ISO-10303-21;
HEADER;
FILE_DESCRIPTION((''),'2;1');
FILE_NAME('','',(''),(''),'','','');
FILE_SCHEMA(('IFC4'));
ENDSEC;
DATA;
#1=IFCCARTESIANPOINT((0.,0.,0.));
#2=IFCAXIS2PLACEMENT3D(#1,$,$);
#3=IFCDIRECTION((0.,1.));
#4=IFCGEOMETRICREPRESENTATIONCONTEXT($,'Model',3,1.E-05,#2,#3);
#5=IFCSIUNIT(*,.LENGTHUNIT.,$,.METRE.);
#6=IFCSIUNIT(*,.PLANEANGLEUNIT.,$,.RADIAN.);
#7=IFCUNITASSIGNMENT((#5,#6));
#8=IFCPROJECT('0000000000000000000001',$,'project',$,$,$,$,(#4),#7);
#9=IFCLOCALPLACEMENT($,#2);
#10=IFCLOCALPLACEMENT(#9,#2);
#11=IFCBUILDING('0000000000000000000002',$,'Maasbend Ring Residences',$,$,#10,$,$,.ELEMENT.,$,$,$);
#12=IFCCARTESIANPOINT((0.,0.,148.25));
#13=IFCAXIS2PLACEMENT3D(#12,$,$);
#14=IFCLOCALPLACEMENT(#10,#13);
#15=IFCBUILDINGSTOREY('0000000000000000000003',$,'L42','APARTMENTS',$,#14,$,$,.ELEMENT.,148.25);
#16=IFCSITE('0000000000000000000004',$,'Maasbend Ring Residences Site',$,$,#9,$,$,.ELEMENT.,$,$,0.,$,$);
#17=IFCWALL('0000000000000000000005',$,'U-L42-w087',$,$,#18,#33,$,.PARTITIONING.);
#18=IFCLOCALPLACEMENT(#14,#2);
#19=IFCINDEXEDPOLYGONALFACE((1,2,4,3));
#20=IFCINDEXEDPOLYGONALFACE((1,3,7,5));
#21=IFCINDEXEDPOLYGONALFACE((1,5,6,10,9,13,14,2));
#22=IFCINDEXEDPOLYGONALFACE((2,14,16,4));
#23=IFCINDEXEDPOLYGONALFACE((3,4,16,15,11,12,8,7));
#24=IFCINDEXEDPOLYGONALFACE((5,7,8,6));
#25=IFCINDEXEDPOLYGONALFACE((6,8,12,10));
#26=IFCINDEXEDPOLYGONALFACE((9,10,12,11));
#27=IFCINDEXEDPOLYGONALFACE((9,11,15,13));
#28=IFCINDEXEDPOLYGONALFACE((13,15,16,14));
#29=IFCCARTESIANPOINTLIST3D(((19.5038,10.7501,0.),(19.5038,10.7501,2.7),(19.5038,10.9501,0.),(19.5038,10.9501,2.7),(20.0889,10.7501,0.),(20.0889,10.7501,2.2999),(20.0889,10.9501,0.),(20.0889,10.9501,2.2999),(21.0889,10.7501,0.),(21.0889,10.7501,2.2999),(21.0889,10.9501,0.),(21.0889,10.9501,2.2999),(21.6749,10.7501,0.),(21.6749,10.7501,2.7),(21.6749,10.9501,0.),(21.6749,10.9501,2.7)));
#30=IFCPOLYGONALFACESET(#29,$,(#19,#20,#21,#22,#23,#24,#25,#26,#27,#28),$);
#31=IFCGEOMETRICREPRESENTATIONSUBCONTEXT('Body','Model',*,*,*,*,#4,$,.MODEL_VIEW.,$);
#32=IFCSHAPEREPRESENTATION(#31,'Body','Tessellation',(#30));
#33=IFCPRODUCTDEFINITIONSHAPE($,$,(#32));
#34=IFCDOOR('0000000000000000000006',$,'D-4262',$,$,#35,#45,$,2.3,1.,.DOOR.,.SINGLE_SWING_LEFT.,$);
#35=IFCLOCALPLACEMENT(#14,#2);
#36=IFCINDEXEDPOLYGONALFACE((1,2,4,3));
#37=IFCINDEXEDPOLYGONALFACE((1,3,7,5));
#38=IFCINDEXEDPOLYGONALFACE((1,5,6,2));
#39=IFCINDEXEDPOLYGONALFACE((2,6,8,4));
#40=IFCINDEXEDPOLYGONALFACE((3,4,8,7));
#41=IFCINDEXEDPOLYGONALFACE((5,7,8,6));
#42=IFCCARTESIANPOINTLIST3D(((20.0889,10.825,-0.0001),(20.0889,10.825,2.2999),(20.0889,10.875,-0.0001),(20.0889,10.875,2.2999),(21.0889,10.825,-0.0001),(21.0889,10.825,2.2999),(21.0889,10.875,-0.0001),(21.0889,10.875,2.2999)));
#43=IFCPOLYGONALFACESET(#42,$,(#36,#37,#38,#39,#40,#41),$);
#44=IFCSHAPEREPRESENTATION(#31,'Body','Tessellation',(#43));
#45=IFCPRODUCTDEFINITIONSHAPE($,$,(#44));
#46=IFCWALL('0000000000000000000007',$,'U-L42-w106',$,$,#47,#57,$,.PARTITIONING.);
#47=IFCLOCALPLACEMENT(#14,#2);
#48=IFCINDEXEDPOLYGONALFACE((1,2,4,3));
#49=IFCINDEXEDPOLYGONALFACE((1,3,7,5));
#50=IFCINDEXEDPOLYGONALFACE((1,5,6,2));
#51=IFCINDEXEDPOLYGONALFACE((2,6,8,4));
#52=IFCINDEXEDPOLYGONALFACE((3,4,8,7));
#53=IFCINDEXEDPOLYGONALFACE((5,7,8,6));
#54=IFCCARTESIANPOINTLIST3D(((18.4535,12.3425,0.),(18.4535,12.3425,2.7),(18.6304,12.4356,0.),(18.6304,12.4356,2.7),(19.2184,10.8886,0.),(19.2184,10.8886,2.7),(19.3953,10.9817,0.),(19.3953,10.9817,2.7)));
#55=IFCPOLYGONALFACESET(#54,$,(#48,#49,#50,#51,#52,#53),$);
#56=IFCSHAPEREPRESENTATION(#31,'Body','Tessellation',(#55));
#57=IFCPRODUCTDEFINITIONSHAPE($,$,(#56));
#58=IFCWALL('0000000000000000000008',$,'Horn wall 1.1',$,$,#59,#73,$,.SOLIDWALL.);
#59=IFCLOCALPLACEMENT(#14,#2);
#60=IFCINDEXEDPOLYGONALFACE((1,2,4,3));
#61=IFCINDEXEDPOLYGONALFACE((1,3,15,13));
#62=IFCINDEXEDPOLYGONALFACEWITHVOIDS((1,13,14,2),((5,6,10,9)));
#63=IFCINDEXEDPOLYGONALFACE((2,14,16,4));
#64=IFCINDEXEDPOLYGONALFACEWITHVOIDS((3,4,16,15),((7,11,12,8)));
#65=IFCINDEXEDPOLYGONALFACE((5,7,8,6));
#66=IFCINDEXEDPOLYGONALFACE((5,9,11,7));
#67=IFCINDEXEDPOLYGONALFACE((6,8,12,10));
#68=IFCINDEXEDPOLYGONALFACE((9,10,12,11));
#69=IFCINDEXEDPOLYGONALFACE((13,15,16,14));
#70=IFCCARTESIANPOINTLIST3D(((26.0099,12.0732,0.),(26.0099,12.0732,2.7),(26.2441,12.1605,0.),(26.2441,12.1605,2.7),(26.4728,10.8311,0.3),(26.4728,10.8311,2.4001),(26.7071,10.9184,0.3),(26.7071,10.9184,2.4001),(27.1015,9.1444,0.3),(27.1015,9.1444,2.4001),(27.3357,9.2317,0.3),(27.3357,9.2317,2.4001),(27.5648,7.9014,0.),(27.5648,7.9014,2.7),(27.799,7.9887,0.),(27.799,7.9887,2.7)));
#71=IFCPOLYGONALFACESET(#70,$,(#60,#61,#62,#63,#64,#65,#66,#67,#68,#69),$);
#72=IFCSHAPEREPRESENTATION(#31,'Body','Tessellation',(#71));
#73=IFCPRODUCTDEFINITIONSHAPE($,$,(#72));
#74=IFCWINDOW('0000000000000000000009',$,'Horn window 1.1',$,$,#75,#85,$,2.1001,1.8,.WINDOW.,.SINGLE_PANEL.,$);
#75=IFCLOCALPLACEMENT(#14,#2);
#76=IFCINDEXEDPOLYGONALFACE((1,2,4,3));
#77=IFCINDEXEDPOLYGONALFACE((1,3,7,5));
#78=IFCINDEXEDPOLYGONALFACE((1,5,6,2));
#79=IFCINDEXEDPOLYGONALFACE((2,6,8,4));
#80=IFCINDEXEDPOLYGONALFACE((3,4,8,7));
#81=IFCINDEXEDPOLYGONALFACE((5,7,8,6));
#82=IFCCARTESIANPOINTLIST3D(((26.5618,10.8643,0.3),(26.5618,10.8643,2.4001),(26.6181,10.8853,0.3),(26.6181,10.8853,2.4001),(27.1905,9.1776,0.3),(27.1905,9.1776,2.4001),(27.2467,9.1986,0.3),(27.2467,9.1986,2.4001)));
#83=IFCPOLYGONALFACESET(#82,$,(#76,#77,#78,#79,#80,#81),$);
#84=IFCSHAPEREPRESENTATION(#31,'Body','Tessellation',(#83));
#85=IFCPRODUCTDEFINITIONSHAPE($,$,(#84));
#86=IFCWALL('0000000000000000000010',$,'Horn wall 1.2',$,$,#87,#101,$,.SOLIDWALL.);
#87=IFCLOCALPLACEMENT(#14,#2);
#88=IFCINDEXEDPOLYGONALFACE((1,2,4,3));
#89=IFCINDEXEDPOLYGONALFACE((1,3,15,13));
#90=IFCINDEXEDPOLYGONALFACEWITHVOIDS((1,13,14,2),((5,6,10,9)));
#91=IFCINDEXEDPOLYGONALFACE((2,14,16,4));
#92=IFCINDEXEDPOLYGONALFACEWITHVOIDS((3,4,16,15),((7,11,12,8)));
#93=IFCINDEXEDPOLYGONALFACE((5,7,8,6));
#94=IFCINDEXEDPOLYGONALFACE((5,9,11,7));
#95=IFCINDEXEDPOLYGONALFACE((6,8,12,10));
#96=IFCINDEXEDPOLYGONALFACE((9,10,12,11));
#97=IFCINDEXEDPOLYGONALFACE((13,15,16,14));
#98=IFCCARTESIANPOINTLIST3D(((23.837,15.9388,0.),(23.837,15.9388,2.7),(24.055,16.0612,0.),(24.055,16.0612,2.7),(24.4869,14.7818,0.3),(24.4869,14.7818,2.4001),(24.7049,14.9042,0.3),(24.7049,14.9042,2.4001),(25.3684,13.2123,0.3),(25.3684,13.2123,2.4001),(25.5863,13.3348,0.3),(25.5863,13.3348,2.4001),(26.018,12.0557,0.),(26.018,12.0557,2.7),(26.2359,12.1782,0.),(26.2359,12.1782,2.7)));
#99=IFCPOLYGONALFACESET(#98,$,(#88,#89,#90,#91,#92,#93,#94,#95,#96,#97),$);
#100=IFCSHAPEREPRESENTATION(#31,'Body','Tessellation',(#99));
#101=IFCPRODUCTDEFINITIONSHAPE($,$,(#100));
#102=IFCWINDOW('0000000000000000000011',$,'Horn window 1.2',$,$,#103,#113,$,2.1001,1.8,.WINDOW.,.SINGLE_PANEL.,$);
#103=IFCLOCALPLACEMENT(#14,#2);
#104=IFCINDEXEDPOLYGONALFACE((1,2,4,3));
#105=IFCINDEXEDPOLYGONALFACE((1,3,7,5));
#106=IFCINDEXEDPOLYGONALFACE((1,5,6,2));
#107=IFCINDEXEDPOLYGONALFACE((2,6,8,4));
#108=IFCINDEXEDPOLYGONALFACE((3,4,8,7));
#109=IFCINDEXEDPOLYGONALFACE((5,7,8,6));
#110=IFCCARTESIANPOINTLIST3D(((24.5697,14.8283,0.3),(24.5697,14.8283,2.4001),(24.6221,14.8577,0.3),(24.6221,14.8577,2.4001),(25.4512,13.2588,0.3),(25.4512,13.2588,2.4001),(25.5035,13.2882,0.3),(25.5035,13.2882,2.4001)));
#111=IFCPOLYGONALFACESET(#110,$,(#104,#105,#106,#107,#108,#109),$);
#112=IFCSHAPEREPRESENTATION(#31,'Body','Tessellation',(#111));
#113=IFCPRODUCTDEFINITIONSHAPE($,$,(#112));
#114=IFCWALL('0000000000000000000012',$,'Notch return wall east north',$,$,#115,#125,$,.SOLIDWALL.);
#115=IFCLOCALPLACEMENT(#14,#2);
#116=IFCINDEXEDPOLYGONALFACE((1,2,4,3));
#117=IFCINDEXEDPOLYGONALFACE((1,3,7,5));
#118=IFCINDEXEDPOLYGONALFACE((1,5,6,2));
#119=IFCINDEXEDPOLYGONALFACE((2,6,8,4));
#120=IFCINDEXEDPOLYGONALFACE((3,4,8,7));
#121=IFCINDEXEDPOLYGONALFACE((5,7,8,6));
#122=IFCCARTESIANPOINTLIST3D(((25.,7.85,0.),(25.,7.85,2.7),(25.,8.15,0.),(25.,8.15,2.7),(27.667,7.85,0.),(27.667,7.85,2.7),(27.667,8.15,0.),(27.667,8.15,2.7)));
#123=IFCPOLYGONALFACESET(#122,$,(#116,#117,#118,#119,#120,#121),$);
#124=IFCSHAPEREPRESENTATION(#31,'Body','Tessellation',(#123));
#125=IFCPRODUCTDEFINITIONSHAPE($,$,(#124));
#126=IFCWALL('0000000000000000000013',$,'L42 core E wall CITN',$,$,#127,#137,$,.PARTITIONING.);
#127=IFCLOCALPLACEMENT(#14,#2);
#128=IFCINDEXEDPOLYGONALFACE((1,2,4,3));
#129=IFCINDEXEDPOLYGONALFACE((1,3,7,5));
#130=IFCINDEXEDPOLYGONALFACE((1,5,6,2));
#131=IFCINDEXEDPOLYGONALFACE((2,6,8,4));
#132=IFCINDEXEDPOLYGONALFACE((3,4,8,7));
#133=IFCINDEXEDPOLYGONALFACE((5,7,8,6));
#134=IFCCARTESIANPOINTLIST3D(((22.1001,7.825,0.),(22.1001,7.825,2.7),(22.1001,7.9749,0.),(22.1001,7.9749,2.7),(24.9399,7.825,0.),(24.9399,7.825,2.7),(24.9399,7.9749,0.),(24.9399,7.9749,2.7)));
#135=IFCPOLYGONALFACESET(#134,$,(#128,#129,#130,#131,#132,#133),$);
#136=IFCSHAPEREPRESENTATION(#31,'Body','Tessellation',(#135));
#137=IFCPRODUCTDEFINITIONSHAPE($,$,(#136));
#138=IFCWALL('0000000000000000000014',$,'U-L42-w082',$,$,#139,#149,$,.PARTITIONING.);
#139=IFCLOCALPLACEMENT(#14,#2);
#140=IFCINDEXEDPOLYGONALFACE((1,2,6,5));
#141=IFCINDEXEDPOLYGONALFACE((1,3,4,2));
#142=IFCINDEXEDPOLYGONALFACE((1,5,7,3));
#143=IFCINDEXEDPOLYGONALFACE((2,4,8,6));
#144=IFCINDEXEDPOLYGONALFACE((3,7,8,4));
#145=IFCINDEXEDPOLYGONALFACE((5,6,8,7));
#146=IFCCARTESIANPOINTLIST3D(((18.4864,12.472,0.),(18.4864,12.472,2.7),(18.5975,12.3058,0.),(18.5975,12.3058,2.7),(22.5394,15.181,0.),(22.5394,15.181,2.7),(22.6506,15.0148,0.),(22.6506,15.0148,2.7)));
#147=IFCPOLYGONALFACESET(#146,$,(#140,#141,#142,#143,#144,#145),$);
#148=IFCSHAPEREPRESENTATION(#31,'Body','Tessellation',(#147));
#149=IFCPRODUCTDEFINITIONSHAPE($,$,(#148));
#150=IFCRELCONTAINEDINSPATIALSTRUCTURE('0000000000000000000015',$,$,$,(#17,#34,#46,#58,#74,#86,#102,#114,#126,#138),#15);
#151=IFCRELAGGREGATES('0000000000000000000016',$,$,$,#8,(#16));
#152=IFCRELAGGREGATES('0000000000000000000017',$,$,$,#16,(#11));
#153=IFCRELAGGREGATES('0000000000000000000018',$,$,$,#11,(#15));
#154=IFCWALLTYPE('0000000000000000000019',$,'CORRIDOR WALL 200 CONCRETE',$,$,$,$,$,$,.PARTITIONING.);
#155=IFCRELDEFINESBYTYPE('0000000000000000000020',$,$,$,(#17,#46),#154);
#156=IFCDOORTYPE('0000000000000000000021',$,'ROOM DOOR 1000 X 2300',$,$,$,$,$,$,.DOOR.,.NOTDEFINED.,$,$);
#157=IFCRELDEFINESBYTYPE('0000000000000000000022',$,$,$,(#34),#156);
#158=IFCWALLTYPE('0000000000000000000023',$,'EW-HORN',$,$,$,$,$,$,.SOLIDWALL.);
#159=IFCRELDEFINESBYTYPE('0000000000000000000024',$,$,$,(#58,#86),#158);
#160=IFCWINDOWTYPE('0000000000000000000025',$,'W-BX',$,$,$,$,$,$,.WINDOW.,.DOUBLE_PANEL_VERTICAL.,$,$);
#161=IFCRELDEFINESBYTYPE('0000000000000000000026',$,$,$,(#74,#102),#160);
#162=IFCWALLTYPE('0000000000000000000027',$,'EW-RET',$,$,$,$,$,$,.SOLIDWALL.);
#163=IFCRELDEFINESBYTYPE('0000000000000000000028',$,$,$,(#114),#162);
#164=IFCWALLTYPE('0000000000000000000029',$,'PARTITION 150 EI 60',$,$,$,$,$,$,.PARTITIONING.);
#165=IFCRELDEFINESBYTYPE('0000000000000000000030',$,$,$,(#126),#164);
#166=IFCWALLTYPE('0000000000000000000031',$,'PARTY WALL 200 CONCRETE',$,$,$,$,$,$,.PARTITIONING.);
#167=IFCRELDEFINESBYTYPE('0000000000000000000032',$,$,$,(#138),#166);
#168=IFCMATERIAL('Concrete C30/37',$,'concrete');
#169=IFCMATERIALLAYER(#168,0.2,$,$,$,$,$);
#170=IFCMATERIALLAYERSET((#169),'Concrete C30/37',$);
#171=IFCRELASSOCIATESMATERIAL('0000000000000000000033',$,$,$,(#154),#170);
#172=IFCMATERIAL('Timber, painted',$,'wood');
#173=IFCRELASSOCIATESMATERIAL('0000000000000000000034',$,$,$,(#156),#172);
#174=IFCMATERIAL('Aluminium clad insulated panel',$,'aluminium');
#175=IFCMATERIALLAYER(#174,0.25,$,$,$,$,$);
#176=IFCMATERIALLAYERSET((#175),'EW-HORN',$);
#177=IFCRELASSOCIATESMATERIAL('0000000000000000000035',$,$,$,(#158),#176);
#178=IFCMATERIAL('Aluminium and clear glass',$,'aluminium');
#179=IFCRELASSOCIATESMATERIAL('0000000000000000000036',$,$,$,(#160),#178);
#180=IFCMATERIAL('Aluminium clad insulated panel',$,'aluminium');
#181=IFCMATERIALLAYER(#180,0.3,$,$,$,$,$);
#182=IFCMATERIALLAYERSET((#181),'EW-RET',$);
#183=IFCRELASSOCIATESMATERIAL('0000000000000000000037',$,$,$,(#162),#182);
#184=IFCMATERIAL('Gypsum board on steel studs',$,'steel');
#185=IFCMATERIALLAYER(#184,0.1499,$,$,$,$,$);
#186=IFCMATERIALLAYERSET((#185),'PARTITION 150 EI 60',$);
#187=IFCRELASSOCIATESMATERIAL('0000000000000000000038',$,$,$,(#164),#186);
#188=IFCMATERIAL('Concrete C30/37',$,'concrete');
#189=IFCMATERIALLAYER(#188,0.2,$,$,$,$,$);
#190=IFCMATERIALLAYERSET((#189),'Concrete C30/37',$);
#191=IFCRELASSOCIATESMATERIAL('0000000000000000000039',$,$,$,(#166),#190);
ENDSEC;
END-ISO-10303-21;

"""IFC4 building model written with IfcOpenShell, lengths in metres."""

from ifc_helpers import new_model, si_unit, direction, frame, frame_2d, origin, place, context, subcontext, project, spatial, rectangle, extrude, material, layer, layer_set, type_object, element, fill, save


model = new_model("IFC4")

# Units and contexts
model_context = context("Model", 3, precision=1e-05, world=origin(), true_north=direction((0.0, 1.0)))
body_context = subcontext(model_context, "Body", "Model", "MODEL_VIEW")
ifc_project = project(units=[si_unit("LENGTHUNIT", "METRE"), si_unit("PLANEANGLEUNIT", "RADIAN")], contexts=[model_context])

# Site, building, storey
site_placement = place(None, origin())
site = spatial("IfcSite", under=ifc_project, at=site_placement, Name="Maasbend Ring Residences Site", CompositionType="ELEMENT", RefElevation=0.0)
building_placement = place(site_placement, origin())
building = spatial("IfcBuilding", under=site, at=building_placement, Name="Maasbend Ring Residences", CompositionType="ELEMENT")
storey_placement = place(building_placement, frame((0.0, 0.0, 148.25)))
storey = spatial("IfcBuildingStorey", under=building, at=storey_placement, Name="L42", Description="APARTMENTS", CompositionType="ELEMENT", Elevation=148.25)

# Shared definitions
ifc_material_1 = material(Name="Concrete C30/37", Category="concrete")
ifc_layer_1 = layer(ifc_material_1, 0.2)
ifc_layer_set_1 = layer_set([ifc_layer_1], Name="Concrete C30/37")
wall_type_1 = type_object("IfcWallType", Name="CORRIDOR WALL 200 CONCRETE", PredefinedType="PARTITIONING", material=ifc_layer_set_1)

# Wall, opening, door
wall_1_placement = place(storey_placement, frame((19.5039, 10.8501, 0.0), z_axis=(0.0, 0.0, 1.0), x_axis=(1.0, 0.0, 0.0)))
wall_1 = element("IfcWall", 1, at=wall_1_placement, inside=storey, type_object=wall_type_1, Name="U-L42-w087", PredefinedType="PARTITIONING", context=body_context, shape_type="SweptSolid", body=[
    extrude(rectangle(XDim=2.1711, YDim=0.2, at=frame_2d((1.0854, 0.0))), origin(), (0.0, 0.0, 1.0), 2.7),
])
opening_1_placement = place(wall_1_placement, frame((0.585, 0.0, 0.0)))
opening_1 = element("IfcOpeningElement", 2, at=opening_1_placement, cuts=wall_1, PredefinedType="OPENING", context=body_context, shape_type="SweptSolid", body=[
    extrude(rectangle(XDim=1.0, YDim=2.3, at=frame_2d((0.5, 1.1499))), frame((0.0, 0.1099, 0.0), z_axis=(0.0, -1.0, 0.0), x_axis=(1.0, 0.0, 0.0)), (0.0, 0.0, 1.0), 0.22),
])
ifc_material_2 = material(Name="Timber, painted", Category="wood")
door_type_1 = type_object("IfcDoorType", Name="ROOM DOOR 1000 X 2300", OperationType="NOTDEFINED", PredefinedType="DOOR", material=ifc_material_2)
door_1_placement = place(opening_1_placement, origin())
door_1 = element("IfcDoor", 3, at=door_1_placement, inside=storey, type_object=door_type_1, Name="D-4262", OperationType="SINGLE_SWING_LEFT", OverallHeight=2.3, OverallWidth=1.0, PredefinedType="DOOR", context=body_context, shape_type="SweptSolid", body=[
    extrude(rectangle(XDim=1.0, YDim=2.3, at=frame_2d((0.5, 1.1499))), frame((0.0, 0.0249, 0.0), z_axis=(0.0, -1.0, 0.0), x_axis=(1.0, 0.0, 0.0)), (0.0, 0.0, 1.0), 0.05),
])
fill(opening_1, door_1)

# Wall
wall_2_placement = place(storey_placement, frame((18.542, 12.3889, 0.0), z_axis=(0.0, 0.0, 1.0), x_axis=(0.465606, -0.884992, 0.0)))
element("IfcWall", 4, at=wall_2_placement, inside=storey, type_object=wall_type_1, Name="U-L42-w106", PredefinedType="PARTITIONING", context=body_context, shape_type="SweptSolid", body=[
    extrude(rectangle(XDim=1.6428, YDim=0.2, at=frame_2d((0.8213, 0.0))), origin(), (0.0, 0.0, 1.0), 2.7),
])

# Walls, openings, windows
ifc_material_3 = material(Name="Aluminium clad insulated panel", Category="aluminium")
ifc_layer_2 = layer(ifc_material_3, 0.25)
ifc_layer_set_2 = layer_set([ifc_layer_2], Name="EW-HORN")
wall_type_2 = type_object("IfcWallType", Name="EW-HORN", PredefinedType="SOLIDWALL", material=ifc_layer_set_2)
wall_3_placement = place(storey_placement, frame((27.6819, 7.9451, 0.0), z_axis=(0.0, 0.0, 1.0), x_axis=(-0.349248, 0.93703, 0.0)))
wall_3 = element("IfcWall", 5, at=wall_3_placement, inside=storey, type_object=wall_type_2, Name="Horn wall 1.1", PredefinedType="SOLIDWALL", context=body_context, shape_type="SweptSolid", body=[
    extrude(rectangle(XDim=4.4521, YDim=0.25, at=frame_2d((2.2261, 0.0))), origin(), (0.0, 0.0, 1.0), 2.7),
])
opening_2_placement = place(wall_3_placement, frame((1.3267, 0.0, 0.3)))
opening_2 = element("IfcOpeningElement", 6, at=opening_2_placement, cuts=wall_3, PredefinedType="OPENING", context=body_context, shape_type="SweptSolid", body=[
    extrude(rectangle(XDim=1.8, YDim=2.1001, at=frame_2d((0.8999, 1.05))), frame((0.0, 0.135, 0.0), z_axis=(0.0, -1.0, 0.0), x_axis=(1.0, 0.0, 0.0)), (0.0, 0.0, 1.0), 0.27),
])
ifc_material_4 = material(Name="Aluminium and clear glass", Category="aluminium")
window_type = type_object("IfcWindowType", Name="W-BX", PartitioningType="DOUBLE_PANEL_VERTICAL", PredefinedType="WINDOW", material=ifc_material_4)
window_1_placement = place(opening_2_placement, origin())
window_1 = element("IfcWindow", 7, at=window_1_placement, inside=storey, type_object=window_type, Name="Horn window 1.1", OverallHeight=2.1001, OverallWidth=1.8, PartitioningType="SINGLE_PANEL", PredefinedType="WINDOW", context=body_context, shape_type="SweptSolid", body=[
    extrude(rectangle(XDim=1.8, YDim=2.1001, at=frame_2d((0.8999, 1.05))), frame((0.0, 0.03, 0.0), z_axis=(0.0, -1.0, 0.0), x_axis=(1.0, 0.0, 0.0)), (0.0, 0.0, 1.0), 0.0601),
])
fill(opening_2, window_1)
wall_4_placement = place(storey_placement, frame((26.127, 12.1169, 0.0), z_axis=(0.0, 0.0, 1.0), x_axis=(-0.489696, 0.871893, 0.0)))
wall_4 = element("IfcWall", 8, at=wall_4_placement, inside=storey, type_object=wall_type_2, Name="Horn wall 1.2", PredefinedType="SOLIDWALL", context=body_context, shape_type="SweptSolid", body=[
    extrude(rectangle(XDim=4.4536, YDim=0.25, at=frame_2d((2.2268, 0.0))), origin(), (0.0, 0.0, 1.0), 2.7),
])
opening_3_placement = place(wall_4_placement, frame((1.3267, 0.0, 0.3)))
opening_3 = element("IfcOpeningElement", 9, at=opening_3_placement, cuts=wall_4, PredefinedType="OPENING", context=body_context, shape_type="SweptSolid", body=[
    extrude(rectangle(XDim=1.8, YDim=2.1001, at=frame_2d((0.8999, 1.05))), frame((0.0, 0.135, 0.0), z_axis=(0.0, -1.0, 0.0), x_axis=(1.0, 0.0, 0.0)), (0.0, 0.0, 1.0), 0.27),
])
window_2_placement = place(opening_3_placement, origin())
window_2 = element("IfcWindow", 10, at=window_2_placement, inside=storey, type_object=window_type, Name="Horn window 1.2", OverallHeight=2.1001, OverallWidth=1.8, PartitioningType="SINGLE_PANEL", PredefinedType="WINDOW", context=body_context, shape_type="SweptSolid", body=[
    extrude(rectangle(XDim=1.8, YDim=2.1001, at=frame_2d((0.8999, 1.05))), frame((0.0, 0.03, 0.0), z_axis=(0.0, -1.0, 0.0), x_axis=(1.0, 0.0, 0.0)), (0.0, 0.0, 1.0), 0.0601),
])
fill(opening_3, window_2)

# Walls
ifc_material_5 = material(Name="Aluminium clad insulated panel", Category="aluminium")
ifc_layer_3 = layer(ifc_material_5, 0.3)
ifc_layer_set_3 = layer_set([ifc_layer_3], Name="EW-RET")
wall_type_3 = type_object("IfcWallType", Name="EW-RET", PredefinedType="SOLIDWALL", material=ifc_layer_set_3)
wall_5_placement = place(storey_placement, frame((25.0, 8.0, 0.0), z_axis=(0.0, 0.0, 1.0), x_axis=(1.0, 0.0, 0.0)))
element("IfcWall", 11, at=wall_5_placement, inside=storey, type_object=wall_type_3, Name="Notch return wall east north", PredefinedType="SOLIDWALL", context=body_context, shape_type="SweptSolid", body=[
    extrude(rectangle(XDim=2.667, YDim=0.3, at=frame_2d((1.3335, 0.0))), origin(), (0.0, 0.0, 1.0), 2.7),
])
ifc_material_6 = material(Name="Gypsum board on steel studs", Category="steel")
ifc_layer_4 = layer(ifc_material_6, 0.1499)
ifc_layer_set_4 = layer_set([ifc_layer_4], Name="PARTITION 150 EI 60")
wall_type_4 = type_object("IfcWallType", Name="PARTITION 150 EI 60", PredefinedType="PARTITIONING", material=ifc_layer_set_4)
wall_6_placement = place(storey_placement, frame((22.1001, 7.8999, 0.0), z_axis=(0.0, 0.0, 1.0), x_axis=(1.0, 0.0, 0.0)))
element("IfcWall", 12, at=wall_6_placement, inside=storey, type_object=wall_type_4, Name="L42 core E wall CITN", PredefinedType="PARTITIONING", context=body_context, shape_type="SweptSolid", body=[
    extrude(rectangle(XDim=2.8398, YDim=0.1499, at=frame_2d((1.4199, 0.0))), origin(), (0.0, 0.0, 1.0), 2.7),
])
ifc_material_7 = material(Name="Concrete C30/37", Category="concrete")
ifc_layer_5 = layer(ifc_material_7, 0.2)
ifc_layer_set_5 = layer_set([ifc_layer_5], Name="Concrete C30/37")
wall_type_5 = type_object("IfcWallType", Name="PARTY WALL 200 CONCRETE", PredefinedType="PARTITIONING", material=ifc_layer_set_5)
wall_7_placement = place(storey_placement, frame((18.542, 12.3889, 0.0), z_axis=(0.0, 0.0, 1.0), x_axis=(0.831387, 0.555694, 0.0)))
element("IfcWall", 13, at=wall_7_placement, inside=storey, type_object=wall_type_5, Name="U-L42-w082", PredefinedType="PARTITIONING", context=body_context, shape_type="SweptSolid", body=[
    extrude(rectangle(XDim=4.875, YDim=0.2, at=frame_2d((2.4375, 0.0))), origin(), (0.0, 0.0, 1.0), 2.7),
])

save(model, "model.ifc")
